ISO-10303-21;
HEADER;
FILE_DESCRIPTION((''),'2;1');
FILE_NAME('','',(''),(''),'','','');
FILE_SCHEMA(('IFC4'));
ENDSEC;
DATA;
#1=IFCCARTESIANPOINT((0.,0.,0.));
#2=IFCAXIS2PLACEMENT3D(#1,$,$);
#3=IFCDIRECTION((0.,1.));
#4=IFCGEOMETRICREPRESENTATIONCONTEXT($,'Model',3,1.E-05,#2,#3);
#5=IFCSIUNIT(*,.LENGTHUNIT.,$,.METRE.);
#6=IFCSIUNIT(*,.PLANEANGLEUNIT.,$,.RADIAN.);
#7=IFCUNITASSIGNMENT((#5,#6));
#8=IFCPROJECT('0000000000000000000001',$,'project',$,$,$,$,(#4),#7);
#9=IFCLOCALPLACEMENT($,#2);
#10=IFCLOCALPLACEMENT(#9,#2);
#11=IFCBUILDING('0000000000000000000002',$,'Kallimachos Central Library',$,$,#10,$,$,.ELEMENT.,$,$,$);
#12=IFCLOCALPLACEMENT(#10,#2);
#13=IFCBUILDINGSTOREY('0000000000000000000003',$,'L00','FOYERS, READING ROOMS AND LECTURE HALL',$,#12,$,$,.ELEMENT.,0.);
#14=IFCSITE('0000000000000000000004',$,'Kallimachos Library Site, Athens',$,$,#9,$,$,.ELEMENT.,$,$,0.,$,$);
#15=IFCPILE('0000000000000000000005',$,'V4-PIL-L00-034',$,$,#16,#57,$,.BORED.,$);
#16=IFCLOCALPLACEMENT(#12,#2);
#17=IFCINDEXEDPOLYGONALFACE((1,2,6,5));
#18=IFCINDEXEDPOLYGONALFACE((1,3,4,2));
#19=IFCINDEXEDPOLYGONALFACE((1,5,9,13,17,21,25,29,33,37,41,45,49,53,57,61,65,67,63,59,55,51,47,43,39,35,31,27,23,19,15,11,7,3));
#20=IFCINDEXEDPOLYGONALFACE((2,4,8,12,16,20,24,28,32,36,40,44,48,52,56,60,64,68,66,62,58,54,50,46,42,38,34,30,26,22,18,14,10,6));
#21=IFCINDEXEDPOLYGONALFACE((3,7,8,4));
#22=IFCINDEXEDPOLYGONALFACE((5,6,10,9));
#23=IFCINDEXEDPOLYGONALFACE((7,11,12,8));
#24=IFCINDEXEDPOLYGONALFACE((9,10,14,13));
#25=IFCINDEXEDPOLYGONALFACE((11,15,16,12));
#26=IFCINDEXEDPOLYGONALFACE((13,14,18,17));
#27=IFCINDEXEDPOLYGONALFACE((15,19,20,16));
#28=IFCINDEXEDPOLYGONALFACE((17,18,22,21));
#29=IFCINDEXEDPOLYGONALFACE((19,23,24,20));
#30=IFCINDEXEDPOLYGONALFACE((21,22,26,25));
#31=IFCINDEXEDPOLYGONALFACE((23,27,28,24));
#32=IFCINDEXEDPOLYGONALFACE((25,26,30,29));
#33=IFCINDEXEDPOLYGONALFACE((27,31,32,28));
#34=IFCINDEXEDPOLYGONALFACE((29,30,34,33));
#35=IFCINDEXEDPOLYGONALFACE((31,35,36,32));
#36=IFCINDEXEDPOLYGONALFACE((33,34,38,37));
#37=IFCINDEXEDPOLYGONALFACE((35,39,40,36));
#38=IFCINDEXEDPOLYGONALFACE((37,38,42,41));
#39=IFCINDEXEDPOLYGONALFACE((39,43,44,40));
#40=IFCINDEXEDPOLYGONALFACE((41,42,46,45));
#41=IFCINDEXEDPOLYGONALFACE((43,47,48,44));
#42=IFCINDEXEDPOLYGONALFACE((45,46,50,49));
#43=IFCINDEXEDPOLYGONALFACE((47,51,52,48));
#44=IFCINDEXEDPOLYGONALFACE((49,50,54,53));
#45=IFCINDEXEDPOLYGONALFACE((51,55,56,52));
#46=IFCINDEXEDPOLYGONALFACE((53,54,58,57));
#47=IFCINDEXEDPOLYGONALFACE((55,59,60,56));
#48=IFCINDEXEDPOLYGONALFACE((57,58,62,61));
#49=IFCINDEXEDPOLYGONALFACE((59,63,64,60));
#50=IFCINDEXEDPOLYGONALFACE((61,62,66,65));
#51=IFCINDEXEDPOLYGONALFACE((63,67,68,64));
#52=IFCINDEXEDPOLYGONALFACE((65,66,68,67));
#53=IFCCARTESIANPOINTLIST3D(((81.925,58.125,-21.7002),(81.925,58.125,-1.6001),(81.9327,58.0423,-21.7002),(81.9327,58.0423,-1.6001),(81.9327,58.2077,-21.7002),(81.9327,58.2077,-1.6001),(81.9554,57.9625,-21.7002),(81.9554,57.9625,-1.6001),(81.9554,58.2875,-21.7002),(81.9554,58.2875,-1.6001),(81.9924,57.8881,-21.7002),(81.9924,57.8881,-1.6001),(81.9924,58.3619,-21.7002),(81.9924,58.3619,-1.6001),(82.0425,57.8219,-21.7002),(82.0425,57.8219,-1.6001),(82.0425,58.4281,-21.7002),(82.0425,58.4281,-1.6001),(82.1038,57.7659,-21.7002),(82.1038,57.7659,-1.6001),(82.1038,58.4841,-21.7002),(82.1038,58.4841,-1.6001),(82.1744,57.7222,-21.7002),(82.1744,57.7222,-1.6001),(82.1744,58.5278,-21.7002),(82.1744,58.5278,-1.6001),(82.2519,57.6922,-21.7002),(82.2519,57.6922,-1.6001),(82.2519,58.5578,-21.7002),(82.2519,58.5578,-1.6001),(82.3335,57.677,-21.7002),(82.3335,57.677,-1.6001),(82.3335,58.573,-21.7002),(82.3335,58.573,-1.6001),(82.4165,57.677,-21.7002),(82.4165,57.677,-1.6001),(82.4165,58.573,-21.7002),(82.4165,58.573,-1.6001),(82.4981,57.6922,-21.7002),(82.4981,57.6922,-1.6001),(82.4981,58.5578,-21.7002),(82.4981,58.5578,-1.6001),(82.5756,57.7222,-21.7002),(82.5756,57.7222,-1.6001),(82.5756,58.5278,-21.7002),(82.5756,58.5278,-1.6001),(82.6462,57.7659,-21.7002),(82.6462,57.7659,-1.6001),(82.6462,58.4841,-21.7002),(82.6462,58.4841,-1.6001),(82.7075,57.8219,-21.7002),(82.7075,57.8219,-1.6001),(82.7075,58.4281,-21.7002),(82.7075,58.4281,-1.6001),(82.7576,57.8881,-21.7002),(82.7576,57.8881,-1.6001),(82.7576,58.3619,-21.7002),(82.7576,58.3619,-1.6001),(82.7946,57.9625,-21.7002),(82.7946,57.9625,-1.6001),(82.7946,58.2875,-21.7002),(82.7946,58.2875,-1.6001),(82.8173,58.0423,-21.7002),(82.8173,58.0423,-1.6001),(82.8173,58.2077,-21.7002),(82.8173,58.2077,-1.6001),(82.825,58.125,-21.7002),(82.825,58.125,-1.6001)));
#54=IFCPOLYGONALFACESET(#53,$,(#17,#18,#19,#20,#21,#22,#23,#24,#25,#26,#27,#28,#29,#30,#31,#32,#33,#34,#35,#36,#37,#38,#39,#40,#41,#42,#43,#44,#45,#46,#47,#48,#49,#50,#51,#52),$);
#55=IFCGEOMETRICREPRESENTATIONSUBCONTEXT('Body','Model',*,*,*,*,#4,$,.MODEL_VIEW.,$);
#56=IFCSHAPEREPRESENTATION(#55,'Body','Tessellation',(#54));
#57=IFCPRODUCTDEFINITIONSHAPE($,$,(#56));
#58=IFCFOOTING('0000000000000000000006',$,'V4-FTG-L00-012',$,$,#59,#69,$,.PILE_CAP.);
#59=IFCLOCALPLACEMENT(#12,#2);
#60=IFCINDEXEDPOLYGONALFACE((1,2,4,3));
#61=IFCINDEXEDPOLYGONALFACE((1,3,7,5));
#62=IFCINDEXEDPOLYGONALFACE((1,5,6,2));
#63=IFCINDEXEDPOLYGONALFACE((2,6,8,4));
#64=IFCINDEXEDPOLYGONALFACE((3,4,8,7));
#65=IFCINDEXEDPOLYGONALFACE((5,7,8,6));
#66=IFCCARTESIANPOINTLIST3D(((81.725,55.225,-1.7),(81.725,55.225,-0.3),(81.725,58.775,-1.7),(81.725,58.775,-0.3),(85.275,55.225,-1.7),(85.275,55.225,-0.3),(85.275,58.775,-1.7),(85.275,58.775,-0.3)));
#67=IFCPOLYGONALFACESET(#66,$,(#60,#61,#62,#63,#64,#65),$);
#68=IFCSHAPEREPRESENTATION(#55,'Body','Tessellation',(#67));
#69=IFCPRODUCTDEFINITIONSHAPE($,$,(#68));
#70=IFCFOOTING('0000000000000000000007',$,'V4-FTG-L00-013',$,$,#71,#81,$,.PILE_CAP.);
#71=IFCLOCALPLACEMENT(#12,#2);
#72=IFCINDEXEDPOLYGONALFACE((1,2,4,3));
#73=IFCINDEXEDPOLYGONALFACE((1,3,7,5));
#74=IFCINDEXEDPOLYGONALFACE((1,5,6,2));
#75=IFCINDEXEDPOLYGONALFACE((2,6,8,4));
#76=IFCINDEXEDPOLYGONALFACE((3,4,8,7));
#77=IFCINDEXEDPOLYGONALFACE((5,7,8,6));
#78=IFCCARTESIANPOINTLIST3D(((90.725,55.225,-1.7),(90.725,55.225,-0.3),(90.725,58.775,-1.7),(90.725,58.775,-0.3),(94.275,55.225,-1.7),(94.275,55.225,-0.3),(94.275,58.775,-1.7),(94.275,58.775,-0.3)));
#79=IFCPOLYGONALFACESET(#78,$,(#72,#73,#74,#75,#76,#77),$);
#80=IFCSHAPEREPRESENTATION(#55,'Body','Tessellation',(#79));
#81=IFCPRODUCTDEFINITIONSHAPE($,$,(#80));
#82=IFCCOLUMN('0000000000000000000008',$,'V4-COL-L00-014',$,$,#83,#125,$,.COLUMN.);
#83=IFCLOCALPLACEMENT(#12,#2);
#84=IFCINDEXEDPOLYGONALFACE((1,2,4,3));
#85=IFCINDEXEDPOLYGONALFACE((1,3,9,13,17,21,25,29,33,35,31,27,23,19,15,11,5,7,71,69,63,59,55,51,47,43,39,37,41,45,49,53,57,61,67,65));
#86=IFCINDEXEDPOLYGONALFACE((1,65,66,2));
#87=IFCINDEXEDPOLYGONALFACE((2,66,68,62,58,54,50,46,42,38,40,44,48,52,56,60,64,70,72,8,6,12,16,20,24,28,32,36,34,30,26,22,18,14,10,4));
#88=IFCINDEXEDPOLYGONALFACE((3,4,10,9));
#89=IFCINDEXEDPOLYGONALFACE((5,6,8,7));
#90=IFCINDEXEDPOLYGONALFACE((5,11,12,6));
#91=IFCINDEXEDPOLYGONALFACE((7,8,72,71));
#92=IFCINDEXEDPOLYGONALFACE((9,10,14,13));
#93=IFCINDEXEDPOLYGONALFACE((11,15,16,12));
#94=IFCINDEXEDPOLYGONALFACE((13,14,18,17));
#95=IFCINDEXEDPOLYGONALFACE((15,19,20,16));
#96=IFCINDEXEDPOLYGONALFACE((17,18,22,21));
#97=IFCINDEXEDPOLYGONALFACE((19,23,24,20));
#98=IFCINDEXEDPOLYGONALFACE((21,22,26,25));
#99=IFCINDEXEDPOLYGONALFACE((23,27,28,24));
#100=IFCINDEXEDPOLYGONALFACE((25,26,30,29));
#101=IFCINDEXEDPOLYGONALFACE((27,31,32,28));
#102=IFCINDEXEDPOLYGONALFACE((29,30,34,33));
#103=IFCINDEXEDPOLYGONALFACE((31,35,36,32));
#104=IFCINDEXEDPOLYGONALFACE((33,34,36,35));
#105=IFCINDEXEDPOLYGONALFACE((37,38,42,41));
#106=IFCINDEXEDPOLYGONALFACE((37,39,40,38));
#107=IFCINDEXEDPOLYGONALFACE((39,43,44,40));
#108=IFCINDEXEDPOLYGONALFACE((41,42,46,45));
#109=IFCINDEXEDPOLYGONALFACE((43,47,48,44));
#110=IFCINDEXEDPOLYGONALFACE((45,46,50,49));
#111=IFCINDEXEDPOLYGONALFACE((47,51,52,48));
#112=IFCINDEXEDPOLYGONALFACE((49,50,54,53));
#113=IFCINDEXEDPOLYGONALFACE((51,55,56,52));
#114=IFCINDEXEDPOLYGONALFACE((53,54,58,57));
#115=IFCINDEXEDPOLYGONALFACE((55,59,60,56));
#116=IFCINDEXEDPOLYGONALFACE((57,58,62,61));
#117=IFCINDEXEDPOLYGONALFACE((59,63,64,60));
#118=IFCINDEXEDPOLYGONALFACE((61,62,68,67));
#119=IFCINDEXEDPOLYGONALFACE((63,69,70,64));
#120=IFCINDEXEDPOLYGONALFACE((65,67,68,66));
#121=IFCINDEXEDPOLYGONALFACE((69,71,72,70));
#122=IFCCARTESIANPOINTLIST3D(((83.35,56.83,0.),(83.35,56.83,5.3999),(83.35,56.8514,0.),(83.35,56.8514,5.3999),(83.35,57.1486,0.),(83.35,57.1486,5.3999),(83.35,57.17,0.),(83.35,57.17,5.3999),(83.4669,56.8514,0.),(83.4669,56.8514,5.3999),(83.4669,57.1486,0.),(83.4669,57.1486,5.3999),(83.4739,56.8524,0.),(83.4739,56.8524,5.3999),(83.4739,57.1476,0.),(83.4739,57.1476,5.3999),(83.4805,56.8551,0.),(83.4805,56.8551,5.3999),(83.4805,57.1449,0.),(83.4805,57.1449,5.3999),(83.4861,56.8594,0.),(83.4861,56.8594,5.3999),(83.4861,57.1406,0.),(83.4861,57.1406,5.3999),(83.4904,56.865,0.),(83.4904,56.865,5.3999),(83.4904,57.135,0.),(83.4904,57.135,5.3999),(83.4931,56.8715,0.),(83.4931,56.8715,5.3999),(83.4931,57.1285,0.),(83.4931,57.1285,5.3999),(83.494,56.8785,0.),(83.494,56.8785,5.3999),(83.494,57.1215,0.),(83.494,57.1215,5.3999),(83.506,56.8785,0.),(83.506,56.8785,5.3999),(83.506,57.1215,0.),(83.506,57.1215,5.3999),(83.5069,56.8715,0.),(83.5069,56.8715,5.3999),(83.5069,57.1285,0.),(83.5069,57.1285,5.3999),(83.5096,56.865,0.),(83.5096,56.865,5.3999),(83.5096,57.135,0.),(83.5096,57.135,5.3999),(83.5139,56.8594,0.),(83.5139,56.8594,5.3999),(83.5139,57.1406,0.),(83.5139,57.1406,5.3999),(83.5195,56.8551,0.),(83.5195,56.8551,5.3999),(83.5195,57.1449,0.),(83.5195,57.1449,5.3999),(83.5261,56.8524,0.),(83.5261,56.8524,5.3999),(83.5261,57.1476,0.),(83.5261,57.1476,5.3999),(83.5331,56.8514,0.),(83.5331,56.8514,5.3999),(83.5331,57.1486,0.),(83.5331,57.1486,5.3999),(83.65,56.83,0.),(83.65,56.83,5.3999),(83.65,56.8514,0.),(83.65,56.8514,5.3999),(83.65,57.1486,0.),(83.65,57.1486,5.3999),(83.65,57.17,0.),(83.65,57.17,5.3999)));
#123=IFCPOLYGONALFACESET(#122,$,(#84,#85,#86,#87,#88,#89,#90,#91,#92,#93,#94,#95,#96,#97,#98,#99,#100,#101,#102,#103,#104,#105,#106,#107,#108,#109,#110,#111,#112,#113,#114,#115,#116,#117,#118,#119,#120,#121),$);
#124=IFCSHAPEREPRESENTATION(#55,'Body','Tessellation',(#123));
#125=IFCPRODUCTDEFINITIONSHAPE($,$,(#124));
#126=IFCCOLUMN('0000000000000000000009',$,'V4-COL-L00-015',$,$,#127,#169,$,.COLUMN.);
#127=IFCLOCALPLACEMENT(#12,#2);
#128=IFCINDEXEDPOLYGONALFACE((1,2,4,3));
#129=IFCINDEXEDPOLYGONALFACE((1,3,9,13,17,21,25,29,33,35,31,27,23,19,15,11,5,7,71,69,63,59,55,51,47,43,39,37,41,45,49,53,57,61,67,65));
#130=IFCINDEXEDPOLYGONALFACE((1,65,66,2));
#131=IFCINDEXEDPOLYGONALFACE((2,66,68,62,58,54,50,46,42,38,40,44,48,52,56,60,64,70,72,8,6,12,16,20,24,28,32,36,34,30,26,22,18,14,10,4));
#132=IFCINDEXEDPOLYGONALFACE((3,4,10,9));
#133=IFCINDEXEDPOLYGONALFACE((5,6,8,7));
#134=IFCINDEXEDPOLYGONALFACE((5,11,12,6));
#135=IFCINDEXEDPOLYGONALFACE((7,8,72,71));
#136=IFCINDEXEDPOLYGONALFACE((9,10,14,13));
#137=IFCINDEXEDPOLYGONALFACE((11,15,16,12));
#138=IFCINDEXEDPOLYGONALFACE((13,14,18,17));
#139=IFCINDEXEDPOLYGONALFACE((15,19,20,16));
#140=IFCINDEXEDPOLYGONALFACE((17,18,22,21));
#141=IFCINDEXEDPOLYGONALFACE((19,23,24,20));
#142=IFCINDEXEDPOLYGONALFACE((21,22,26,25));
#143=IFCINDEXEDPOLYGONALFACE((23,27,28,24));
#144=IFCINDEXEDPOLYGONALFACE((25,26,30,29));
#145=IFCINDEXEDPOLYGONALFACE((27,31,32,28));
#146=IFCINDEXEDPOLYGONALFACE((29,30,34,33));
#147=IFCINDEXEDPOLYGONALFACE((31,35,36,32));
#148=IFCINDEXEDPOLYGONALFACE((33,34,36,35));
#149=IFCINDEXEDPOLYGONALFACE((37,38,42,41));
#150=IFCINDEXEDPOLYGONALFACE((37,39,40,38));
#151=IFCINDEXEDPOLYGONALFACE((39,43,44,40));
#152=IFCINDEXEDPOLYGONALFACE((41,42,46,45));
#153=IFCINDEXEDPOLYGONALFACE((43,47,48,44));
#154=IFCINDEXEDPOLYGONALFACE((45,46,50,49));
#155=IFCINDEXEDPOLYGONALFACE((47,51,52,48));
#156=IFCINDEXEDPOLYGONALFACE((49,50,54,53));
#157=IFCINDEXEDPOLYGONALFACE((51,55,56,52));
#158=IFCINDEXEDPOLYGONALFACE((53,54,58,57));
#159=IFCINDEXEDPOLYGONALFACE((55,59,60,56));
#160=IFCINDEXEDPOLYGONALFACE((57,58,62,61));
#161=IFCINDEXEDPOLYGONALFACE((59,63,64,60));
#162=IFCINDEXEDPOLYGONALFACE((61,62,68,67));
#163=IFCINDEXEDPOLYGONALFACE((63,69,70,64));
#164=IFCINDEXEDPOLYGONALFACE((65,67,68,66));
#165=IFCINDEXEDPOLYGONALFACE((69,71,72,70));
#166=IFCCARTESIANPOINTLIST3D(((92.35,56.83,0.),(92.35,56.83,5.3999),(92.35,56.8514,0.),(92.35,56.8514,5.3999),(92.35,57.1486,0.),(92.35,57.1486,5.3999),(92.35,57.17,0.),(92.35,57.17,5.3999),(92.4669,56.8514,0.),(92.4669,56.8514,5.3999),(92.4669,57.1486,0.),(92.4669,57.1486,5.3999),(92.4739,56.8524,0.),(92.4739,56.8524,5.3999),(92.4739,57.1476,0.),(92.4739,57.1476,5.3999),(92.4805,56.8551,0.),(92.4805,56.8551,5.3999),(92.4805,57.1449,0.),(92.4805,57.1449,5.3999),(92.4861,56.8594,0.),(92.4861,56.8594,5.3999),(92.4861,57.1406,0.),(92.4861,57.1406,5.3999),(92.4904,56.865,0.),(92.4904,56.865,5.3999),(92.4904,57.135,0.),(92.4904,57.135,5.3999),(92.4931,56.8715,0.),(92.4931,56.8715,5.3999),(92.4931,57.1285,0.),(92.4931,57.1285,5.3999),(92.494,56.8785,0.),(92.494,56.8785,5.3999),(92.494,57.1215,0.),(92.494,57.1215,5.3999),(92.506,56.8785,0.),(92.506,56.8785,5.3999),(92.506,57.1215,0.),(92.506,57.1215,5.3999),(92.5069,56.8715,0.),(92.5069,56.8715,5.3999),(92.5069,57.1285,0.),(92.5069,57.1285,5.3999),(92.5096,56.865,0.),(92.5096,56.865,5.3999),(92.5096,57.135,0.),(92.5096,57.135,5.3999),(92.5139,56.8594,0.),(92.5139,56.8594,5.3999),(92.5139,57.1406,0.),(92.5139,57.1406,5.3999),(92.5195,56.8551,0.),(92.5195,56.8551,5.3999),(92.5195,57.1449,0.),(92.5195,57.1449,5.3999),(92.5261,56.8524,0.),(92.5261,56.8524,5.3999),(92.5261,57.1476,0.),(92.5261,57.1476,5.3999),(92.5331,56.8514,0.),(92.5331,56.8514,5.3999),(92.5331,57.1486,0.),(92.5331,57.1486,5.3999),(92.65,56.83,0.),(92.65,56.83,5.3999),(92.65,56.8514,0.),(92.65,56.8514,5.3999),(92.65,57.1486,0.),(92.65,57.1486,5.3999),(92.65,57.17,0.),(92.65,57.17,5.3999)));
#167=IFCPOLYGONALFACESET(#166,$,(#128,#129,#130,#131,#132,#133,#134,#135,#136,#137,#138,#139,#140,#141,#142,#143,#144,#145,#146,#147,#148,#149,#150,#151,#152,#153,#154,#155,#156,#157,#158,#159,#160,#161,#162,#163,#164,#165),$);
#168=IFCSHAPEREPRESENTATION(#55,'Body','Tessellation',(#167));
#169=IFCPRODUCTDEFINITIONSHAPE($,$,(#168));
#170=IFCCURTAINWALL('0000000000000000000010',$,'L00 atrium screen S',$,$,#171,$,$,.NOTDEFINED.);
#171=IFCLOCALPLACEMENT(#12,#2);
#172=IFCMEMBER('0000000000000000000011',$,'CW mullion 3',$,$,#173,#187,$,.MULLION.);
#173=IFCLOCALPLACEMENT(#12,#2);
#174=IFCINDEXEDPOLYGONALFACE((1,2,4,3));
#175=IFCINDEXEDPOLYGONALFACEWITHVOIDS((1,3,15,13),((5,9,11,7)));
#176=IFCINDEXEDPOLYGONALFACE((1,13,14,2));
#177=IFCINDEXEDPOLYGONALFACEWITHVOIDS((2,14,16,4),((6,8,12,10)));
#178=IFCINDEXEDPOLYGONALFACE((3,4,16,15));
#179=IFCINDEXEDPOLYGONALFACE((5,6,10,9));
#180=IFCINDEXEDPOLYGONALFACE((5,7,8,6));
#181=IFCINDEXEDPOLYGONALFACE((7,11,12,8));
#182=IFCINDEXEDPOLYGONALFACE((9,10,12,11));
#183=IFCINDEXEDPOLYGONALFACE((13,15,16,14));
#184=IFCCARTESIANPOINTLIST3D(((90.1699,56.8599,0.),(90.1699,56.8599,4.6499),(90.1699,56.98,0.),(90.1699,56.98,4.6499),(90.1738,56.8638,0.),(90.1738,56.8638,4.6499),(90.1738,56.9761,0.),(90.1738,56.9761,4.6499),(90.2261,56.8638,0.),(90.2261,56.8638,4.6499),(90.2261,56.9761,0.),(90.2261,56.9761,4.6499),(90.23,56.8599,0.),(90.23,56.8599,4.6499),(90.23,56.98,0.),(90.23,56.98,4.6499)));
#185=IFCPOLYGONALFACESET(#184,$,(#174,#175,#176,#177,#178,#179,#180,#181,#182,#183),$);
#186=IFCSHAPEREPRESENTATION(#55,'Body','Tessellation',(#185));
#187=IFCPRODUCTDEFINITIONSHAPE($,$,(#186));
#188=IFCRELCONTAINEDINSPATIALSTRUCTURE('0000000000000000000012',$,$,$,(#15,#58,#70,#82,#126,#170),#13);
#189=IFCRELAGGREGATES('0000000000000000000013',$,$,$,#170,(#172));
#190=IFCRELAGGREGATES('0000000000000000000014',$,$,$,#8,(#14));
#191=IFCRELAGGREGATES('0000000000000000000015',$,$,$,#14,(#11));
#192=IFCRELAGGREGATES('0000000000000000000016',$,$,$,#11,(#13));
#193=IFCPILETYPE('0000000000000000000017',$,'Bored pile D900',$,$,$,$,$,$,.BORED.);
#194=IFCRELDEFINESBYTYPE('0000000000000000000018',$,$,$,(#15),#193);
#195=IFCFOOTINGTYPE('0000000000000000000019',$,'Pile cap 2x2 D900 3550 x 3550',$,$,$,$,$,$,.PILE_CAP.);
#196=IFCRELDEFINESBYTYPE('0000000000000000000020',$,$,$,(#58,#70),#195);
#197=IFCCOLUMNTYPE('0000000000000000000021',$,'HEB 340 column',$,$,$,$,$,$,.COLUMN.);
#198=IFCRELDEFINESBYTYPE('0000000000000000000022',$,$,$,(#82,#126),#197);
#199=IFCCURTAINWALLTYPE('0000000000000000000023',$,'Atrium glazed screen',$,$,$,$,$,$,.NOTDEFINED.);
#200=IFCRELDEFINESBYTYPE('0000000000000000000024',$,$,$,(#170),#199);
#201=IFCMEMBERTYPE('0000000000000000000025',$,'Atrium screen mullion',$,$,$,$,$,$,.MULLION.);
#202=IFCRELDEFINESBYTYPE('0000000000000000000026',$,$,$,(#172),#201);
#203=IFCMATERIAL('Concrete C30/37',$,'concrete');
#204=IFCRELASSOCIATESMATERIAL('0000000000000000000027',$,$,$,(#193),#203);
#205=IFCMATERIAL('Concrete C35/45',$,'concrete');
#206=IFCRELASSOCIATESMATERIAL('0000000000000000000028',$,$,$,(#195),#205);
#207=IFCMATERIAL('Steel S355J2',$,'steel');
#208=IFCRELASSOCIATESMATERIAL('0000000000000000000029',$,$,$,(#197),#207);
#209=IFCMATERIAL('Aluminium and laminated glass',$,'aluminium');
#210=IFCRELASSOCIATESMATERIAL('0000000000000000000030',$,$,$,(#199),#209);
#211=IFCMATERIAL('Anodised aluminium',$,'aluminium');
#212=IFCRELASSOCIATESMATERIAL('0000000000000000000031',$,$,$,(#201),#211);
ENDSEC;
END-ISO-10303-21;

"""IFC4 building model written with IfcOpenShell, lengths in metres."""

from ifc_helpers import new_model, si_unit, direction, frame, origin, origin_2d, place, context, subcontext, project, spatial, rectangle, hollow_rectangle, circle, i_section, extrude, material, material_profile, profile_set, type_object, element, aggregate, save


model = new_model("IFC4")

# Units and contexts
model_context = context("Model", 3, precision=1e-05, world=origin(), true_north=direction((0.0, 1.0)))
body_context = subcontext(model_context, "Body", "Model", "MODEL_VIEW")
ifc_project = project(units=[si_unit("LENGTHUNIT", "METRE"), si_unit("PLANEANGLEUNIT", "RADIAN")], contexts=[model_context])

# Site, building, storey
site_placement = place(None, origin())
site = spatial("IfcSite", under=ifc_project, at=site_placement, Name="Kallimachos Library Site, Athens", CompositionType="ELEMENT", RefElevation=0.0)
building_placement = place(site_placement, origin())
building = spatial("IfcBuilding", under=site, at=building_placement, Name="Kallimachos Central Library", CompositionType="ELEMENT")
storey_placement = place(building_placement, origin())
storey = spatial("IfcBuildingStorey", under=building, at=storey_placement, Name="L00", Description="FOYERS, READING ROOMS AND LECTURE HALL", CompositionType="ELEMENT", Elevation=0.0)

# Pile
ifc_material_1 = material(Name="Concrete C30/37", Category="concrete")
pile_type = type_object("IfcPileType", Name="Bored pile D900", PredefinedType="BORED", material=ifc_material_1)
pile_placement = place(storey_placement, frame((82.375, 58.125, -1.6001), z_axis=(0.0, 0.0, -1.0), x_axis=(1.0, 0.0, 0.0)))
element("IfcPile", 1, at=pile_placement, inside=storey, type_object=pile_type, Name="V4-PIL-L00-034", PredefinedType="BORED", context=body_context, shape_type="SweptSolid", body=[
    extrude(circle(Radius=0.45, at=origin_2d()), origin(), (0.0, 0.0, 1.0), 20.1001),
])

# Footings
ifc_material_2 = material(Name="Concrete C35/45", Category="concrete")
footing_type = type_object("IfcFootingType", Name="Pile cap 2x2 D900 3550 x 3550", PredefinedType="PILE_CAP", material=ifc_material_2)
for number, where, z_axis, x_axis, name in (
    (2, (83.5, 57.0, -1.7), (0.0, 0.0, 1.0), (1.0, 0.0, 0.0), "V4-FTG-L00-012"),
    (3, (92.5, 57.0, -1.7), (0.0, 0.0, 1.0), (1.0, 0.0, 0.0), "V4-FTG-L00-013"),
):
    element("IfcFooting", number, at=place(storey_placement, frame(where, z_axis=z_axis, x_axis=x_axis)), inside=storey, type_object=footing_type, Name=name, PredefinedType="PILE_CAP", context=body_context, shape_type="SweptSolid", body=[
        extrude(rectangle(XDim=3.55, YDim=3.55, at=origin_2d()), origin(), (0.0, 0.0, 1.0), 1.3999),
    ])

# Columns
ifc_material_3 = material(Name="Steel S355J2", Category="steel")
ifc_material_profile_1 = material_profile(ifc_material_3, i_section(OverallWidth=0.3, OverallDepth=0.3401, WebThickness=0.012, FlangeThickness=0.0215, FilletRadius=0.0271, at=origin_2d()), Name="HEB 340")
ifc_profile_set_1 = profile_set([ifc_material_profile_1], Name="Steel S355J2")
column_type = type_object("IfcColumnType", Name="HEB 340 column", PredefinedType="COLUMN", material=ifc_profile_set_1)
for number, where, z_axis, x_axis, name in (
    (4, (83.5, 57.0, 0.0), (0.0, 0.0, 1.0), (1.0, 0.0, 0.0), "V4-COL-L00-014"),
    (5, (92.5, 57.0, 0.0), (0.0, 0.0, 1.0), (1.0, 0.0, 0.0), "V4-COL-L00-015"),
):
    element("IfcColumn", number, at=place(storey_placement, frame(where, z_axis=z_axis, x_axis=x_axis)), inside=storey, type_object=column_type, Name=name, PredefinedType="COLUMN", context=body_context, shape_type="SweptSolid", body=[
        extrude(i_section(OverallWidth=0.3, OverallDepth=0.3401, WebThickness=0.012, FlangeThickness=0.0215, FilletRadius=0.0271, at=origin_2d()), origin(), (0.0, 0.0, 1.0), 5.3999),
    ])

# Curtain wall, member
ifc_material_4 = material(Name="Aluminium and laminated glass", Category="aluminium")
curtain_wall_type = type_object("IfcCurtainWallType", Name="Atrium glazed screen", PredefinedType="NOTDEFINED", material=ifc_material_4)
curtain_wall_placement = place(storey_placement, origin())
curtain_wall = element("IfcCurtainWall", 6, at=curtain_wall_placement, inside=storey, type_object=curtain_wall_type, Name="L00 atrium screen S", PredefinedType="NOTDEFINED")
ifc_material_5 = material(Name="Anodised aluminium", Category="aluminium")
ifc_material_profile_2 = material_profile(ifc_material_5, hollow_rectangle(XDim=0.0601, YDim=0.1201, WallThickness=0.0039, at=origin_2d()), Name="ALU MULLION 60x120")
ifc_profile_set_2 = profile_set([ifc_material_profile_2], Name="Anodised aluminium")
member_type_1 = type_object("IfcMemberType", Name="Atrium screen mullion", PredefinedType="MULLION", material=ifc_profile_set_2)
member_1_placement = place(storey_placement, frame((90.2, 56.9199, 0.0), z_axis=(0.0, 0.0, 1.0), x_axis=(1.0, 0.0, 0.0)))
member_1 = element("IfcMember", 7, at=member_1_placement, type_object=member_type_1, Name="CW mullion 3", PredefinedType="MULLION", context=body_context, shape_type="SweptSolid", body=[
    extrude(hollow_rectangle(XDim=0.0601, YDim=0.1201, WallThickness=0.0039, at=origin_2d()), origin(), (0.0, 0.0, 1.0), 4.6499),
])

aggregate(curtain_wall, [member_1])

save(model, "model.ifc")
